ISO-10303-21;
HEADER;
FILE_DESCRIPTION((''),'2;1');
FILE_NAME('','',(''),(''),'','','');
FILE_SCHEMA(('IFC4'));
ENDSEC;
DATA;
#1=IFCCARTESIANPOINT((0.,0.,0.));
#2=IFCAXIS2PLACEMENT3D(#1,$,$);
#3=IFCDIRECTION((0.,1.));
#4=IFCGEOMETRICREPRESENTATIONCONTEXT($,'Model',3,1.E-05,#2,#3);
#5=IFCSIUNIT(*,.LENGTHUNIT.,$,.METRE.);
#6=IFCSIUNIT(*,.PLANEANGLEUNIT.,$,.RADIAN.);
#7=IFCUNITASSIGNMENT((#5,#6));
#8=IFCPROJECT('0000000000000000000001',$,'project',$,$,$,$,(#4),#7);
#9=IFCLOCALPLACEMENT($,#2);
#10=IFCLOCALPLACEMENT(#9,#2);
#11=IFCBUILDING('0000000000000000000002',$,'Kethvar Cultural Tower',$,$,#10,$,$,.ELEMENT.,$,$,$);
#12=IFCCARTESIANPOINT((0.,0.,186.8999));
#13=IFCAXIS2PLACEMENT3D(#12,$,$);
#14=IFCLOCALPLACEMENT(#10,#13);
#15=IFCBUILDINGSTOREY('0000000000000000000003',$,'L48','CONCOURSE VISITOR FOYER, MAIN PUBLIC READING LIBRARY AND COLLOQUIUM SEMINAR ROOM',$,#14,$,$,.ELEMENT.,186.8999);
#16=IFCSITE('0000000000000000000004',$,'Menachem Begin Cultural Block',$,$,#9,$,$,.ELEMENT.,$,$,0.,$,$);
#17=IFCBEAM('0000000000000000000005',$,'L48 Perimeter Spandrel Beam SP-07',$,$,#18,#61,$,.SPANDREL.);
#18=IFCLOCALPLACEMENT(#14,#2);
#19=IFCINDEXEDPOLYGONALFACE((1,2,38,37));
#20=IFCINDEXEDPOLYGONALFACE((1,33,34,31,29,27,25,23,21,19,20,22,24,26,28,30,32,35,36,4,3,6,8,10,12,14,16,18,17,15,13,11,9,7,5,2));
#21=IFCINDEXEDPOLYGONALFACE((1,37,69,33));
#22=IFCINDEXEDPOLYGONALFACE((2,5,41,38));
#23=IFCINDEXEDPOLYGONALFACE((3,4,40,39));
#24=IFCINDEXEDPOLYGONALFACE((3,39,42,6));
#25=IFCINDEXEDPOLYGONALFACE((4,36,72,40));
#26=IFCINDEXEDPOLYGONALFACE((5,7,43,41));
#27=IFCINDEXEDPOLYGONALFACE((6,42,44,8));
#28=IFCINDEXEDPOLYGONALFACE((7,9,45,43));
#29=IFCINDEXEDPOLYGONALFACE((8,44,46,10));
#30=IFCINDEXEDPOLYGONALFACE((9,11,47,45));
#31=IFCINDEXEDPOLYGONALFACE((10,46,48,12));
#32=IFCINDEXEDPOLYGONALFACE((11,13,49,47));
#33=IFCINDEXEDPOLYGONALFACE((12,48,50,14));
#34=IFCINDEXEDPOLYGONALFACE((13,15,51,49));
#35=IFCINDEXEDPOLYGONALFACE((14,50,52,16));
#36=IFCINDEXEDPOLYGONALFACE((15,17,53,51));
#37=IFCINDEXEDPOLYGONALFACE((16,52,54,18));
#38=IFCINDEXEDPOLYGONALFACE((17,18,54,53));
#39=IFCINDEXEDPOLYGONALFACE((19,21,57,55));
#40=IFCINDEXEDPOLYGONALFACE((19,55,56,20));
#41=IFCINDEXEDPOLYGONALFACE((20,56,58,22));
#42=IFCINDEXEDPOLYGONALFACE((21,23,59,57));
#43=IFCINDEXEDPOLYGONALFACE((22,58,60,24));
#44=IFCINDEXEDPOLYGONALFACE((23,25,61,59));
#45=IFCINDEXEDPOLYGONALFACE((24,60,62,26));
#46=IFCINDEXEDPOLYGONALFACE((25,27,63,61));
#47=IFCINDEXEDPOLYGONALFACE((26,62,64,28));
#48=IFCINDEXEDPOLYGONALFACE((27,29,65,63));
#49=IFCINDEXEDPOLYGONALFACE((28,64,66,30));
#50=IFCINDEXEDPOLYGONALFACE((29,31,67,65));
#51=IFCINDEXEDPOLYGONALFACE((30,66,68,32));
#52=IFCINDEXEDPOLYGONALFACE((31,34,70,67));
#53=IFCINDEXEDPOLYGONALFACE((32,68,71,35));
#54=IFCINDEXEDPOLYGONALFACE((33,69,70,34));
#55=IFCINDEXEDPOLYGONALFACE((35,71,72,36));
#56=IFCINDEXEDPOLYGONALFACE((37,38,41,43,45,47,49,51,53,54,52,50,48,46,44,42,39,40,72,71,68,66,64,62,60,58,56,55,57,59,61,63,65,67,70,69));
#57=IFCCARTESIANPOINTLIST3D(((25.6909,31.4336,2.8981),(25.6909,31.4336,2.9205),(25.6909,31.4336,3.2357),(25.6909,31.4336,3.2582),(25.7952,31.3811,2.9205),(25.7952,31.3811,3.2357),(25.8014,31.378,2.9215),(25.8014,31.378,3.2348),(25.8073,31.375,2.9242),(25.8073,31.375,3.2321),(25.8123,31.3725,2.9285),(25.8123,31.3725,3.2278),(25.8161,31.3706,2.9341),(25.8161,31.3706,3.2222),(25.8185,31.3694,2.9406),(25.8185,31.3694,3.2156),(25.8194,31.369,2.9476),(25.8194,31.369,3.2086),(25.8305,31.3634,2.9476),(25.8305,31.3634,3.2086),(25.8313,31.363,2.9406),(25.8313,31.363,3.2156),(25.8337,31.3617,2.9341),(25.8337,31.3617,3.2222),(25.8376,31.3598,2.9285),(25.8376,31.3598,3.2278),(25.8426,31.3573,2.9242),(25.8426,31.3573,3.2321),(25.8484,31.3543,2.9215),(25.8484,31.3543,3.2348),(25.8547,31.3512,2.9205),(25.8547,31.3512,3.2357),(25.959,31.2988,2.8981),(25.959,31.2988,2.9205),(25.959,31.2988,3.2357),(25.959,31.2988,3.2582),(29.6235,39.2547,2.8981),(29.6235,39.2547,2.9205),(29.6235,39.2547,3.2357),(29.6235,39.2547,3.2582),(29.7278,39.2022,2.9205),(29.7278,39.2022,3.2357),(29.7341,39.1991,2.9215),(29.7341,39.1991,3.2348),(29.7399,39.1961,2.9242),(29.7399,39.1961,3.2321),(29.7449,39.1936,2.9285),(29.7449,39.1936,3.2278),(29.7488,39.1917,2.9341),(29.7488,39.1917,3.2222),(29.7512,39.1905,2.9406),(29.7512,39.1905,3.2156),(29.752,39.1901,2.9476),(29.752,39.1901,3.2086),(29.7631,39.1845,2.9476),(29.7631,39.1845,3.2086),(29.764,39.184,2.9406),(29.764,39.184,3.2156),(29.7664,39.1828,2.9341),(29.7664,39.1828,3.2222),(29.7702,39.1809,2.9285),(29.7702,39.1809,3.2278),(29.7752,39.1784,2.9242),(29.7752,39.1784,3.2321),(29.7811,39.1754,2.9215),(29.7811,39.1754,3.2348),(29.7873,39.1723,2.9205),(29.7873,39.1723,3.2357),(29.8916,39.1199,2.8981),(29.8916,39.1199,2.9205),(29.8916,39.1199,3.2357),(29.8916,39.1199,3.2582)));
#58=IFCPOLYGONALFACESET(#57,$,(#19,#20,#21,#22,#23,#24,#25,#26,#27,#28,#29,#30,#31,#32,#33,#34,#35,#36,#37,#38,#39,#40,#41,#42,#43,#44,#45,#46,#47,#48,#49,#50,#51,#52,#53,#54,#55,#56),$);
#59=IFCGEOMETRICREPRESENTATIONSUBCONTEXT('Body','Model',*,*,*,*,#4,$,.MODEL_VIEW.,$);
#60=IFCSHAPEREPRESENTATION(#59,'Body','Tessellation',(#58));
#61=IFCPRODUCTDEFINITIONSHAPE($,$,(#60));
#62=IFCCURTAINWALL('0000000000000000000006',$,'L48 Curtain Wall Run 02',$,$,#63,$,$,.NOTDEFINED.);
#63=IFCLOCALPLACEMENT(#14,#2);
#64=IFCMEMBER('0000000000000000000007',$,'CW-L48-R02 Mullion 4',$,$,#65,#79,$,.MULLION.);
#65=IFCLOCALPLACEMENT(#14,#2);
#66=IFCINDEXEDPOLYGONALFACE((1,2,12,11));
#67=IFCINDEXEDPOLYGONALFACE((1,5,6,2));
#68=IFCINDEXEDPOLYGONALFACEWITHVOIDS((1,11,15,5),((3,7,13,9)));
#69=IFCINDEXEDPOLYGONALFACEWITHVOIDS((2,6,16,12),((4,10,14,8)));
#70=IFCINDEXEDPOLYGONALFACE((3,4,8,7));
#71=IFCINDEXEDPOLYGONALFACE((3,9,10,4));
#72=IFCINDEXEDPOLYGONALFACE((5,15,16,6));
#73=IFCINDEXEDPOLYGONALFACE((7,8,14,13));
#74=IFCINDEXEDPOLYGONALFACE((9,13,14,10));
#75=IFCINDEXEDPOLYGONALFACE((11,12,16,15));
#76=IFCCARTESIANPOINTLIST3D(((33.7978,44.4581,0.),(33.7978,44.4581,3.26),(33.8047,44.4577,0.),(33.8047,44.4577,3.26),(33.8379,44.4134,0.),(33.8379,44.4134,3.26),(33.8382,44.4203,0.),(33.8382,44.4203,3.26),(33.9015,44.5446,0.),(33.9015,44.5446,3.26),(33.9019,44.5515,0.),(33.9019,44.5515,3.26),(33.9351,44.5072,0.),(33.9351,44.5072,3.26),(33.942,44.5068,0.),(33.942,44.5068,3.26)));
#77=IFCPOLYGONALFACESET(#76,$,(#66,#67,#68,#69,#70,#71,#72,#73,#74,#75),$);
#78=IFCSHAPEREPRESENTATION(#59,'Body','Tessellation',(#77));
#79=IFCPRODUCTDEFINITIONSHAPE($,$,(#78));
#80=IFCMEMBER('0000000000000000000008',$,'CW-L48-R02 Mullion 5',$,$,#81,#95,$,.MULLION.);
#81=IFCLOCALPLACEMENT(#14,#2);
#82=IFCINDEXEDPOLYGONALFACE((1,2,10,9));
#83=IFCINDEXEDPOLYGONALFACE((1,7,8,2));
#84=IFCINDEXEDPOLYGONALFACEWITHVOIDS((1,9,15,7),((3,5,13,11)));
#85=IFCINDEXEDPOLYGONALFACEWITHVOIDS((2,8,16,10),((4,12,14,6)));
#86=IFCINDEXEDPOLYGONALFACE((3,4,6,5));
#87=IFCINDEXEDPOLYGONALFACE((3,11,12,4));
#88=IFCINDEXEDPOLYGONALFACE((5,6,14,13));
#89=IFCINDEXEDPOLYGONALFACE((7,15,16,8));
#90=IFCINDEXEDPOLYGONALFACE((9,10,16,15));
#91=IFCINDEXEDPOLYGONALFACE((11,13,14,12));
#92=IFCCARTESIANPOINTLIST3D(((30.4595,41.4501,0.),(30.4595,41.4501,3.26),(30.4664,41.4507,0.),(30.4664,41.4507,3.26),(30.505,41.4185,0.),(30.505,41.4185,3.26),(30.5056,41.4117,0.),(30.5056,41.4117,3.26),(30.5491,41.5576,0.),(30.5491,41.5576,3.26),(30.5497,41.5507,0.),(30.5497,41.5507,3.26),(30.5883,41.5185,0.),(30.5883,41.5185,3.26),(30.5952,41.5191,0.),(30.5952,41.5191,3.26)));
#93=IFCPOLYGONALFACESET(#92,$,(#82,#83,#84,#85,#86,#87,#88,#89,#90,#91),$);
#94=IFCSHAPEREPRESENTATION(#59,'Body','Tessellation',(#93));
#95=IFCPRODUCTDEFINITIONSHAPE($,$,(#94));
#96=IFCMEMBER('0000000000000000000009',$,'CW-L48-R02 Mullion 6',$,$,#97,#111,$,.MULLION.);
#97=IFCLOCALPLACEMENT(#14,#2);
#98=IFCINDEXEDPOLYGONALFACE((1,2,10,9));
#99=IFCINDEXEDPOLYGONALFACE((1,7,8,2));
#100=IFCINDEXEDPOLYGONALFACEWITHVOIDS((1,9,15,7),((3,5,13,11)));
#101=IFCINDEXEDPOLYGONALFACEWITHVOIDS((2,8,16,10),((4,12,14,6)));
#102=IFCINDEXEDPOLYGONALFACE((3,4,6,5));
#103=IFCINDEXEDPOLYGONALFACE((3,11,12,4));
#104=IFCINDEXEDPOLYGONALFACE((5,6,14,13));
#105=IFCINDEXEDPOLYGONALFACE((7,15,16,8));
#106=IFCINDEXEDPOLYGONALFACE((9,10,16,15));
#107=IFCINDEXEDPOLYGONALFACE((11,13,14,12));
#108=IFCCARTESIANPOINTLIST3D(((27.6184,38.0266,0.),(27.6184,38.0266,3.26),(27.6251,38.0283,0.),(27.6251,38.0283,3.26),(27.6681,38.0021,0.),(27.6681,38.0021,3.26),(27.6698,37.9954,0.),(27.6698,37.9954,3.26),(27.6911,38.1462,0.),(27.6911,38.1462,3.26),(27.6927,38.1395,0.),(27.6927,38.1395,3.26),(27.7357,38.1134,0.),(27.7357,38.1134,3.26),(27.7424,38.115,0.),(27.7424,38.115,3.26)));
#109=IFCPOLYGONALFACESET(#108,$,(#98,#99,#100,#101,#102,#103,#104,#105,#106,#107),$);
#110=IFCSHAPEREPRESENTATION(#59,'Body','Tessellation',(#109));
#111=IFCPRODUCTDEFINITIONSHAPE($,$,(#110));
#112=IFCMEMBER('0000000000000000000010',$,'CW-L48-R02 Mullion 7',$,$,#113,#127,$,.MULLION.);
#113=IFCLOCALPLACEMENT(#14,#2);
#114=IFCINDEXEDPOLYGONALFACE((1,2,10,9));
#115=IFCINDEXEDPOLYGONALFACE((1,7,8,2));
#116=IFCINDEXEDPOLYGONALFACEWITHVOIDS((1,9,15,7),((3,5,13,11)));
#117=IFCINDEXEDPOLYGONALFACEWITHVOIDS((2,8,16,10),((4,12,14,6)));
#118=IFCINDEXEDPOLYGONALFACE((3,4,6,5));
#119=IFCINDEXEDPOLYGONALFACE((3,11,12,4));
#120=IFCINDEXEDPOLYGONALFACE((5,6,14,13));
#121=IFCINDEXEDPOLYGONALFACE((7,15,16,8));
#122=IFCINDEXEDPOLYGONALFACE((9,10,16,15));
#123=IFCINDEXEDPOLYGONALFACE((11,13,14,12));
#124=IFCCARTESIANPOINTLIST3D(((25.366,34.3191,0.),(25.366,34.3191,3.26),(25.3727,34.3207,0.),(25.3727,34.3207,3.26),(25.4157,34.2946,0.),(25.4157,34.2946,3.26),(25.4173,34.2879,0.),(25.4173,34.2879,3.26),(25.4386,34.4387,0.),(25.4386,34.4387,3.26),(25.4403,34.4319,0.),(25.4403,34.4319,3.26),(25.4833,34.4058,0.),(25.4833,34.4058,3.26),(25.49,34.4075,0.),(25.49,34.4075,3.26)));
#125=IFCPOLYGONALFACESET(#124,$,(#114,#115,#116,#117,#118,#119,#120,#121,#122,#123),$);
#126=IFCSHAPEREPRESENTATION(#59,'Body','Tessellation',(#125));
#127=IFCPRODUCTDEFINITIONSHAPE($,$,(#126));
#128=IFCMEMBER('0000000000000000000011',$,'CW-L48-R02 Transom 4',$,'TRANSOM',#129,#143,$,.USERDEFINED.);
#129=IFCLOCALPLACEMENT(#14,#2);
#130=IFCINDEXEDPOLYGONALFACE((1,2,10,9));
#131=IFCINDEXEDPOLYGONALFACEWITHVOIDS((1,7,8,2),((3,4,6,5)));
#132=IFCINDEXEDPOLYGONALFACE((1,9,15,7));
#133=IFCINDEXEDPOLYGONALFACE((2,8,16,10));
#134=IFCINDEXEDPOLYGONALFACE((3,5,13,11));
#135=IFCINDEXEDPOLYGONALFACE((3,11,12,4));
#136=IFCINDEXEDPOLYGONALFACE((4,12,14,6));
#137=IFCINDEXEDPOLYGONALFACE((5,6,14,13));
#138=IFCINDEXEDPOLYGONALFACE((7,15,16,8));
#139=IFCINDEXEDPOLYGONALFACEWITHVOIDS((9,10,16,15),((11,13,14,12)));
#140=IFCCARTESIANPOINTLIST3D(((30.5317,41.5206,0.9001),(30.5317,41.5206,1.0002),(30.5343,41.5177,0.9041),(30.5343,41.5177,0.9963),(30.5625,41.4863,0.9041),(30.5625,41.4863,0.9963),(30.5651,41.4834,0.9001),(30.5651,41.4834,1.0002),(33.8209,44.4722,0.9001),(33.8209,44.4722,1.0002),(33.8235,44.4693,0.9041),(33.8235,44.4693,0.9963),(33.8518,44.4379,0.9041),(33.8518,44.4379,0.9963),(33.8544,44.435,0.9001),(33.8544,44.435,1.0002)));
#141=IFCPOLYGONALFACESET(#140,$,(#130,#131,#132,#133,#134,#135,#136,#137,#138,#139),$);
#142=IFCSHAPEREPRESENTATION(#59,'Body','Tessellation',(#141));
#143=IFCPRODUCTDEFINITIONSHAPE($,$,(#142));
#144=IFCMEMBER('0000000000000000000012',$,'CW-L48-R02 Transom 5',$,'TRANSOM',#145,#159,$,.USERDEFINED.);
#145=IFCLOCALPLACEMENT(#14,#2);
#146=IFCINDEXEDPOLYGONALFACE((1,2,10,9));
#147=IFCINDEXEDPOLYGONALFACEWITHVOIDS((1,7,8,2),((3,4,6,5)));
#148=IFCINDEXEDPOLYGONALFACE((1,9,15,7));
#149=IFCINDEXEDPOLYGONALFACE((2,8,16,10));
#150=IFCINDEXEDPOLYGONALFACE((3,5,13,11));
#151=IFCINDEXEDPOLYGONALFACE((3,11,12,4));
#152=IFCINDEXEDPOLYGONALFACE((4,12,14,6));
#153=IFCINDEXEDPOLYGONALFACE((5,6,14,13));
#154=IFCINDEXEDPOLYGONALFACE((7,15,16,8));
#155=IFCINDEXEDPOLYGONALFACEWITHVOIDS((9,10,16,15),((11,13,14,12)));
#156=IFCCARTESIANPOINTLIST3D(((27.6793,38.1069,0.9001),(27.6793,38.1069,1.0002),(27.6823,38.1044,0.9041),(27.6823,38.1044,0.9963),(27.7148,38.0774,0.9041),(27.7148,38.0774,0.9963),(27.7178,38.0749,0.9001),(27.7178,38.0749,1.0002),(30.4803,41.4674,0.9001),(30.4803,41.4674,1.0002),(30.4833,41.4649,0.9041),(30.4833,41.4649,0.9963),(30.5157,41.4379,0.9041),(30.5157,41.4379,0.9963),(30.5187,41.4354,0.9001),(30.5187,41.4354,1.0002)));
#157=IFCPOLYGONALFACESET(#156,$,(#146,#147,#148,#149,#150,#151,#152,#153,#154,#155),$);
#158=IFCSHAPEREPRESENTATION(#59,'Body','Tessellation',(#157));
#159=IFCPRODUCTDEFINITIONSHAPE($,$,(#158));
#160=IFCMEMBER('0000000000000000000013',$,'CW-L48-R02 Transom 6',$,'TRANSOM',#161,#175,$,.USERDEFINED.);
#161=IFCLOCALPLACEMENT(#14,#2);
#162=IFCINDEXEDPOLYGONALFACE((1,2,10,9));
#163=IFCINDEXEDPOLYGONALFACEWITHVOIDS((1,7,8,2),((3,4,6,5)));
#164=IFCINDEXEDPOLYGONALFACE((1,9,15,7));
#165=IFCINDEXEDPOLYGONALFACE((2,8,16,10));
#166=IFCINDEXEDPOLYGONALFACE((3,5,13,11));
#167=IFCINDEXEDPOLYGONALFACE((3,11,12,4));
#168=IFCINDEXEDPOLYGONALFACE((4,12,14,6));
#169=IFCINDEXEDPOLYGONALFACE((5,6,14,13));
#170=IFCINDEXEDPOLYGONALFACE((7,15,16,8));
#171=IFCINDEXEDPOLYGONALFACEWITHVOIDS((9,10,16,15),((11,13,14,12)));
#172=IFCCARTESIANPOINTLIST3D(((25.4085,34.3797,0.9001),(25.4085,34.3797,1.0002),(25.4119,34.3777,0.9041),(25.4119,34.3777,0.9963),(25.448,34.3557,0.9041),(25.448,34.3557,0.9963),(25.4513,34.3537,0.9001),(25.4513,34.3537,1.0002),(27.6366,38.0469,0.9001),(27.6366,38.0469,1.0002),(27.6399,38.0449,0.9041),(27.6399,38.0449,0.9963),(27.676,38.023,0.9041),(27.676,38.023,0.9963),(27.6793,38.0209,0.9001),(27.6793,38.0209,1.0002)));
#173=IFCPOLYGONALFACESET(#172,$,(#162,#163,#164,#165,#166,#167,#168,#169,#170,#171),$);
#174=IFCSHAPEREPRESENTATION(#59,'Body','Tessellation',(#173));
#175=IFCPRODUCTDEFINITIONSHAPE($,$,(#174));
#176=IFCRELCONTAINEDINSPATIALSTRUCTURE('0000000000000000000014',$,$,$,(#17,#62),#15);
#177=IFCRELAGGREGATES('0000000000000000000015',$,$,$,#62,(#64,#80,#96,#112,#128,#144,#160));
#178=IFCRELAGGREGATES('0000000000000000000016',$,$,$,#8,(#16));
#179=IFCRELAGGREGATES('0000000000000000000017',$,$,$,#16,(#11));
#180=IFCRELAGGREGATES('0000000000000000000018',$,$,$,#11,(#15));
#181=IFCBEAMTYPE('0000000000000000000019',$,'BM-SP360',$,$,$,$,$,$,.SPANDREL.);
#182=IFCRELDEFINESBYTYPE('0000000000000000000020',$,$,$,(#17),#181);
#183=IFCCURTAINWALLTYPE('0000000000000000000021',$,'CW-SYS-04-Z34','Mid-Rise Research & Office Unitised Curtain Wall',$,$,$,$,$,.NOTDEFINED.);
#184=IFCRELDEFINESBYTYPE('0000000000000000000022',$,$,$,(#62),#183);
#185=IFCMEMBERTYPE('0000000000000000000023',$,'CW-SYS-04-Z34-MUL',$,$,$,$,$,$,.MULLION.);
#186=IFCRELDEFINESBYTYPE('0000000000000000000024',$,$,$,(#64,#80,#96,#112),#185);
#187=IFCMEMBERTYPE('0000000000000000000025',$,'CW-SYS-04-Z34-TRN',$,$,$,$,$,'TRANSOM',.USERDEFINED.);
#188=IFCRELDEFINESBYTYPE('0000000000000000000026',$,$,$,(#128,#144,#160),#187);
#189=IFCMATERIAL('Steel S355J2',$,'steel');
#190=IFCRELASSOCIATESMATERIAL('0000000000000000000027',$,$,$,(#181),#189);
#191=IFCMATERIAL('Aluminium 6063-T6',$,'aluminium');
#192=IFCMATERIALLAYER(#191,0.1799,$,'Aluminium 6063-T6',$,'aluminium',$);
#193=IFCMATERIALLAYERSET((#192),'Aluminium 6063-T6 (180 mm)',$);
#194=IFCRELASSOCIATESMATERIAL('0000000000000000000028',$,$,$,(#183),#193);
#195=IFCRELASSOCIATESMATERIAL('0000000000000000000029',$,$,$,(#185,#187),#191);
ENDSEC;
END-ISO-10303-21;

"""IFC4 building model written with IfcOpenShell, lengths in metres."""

from ifc_helpers import new_model, si_unit, direction, frame, origin, origin_2d, place, context, subcontext, project, spatial, hollow_rectangle, i_section, extrude, source, transform, mapped, material, layer, layer_set, material_profile, profile_set, type_object, element, aggregate, save


model = new_model("IFC4")

# Units and contexts
model_context = context("Model", 3, precision=1e-05, world=origin(), true_north=direction((0.0, 1.0)))
body_context = subcontext(model_context, "Body", "Model", "MODEL_VIEW")
ifc_project = project(units=[si_unit("LENGTHUNIT", "METRE"), si_unit("PLANEANGLEUNIT", "RADIAN")], contexts=[model_context])

# Site, building, storey
site_placement = place(None, origin())
site = spatial("IfcSite", under=ifc_project, at=site_placement, Name="Menachem Begin Cultural Block", CompositionType="ELEMENT", RefElevation=0.0)
building_placement = place(site_placement, origin())
building = spatial("IfcBuilding", under=site, at=building_placement, Name="Kethvar Cultural Tower", CompositionType="ELEMENT")
storey_placement = place(building_placement, frame((0.0, 0.0, 186.8999)))
storey = spatial("IfcBuildingStorey", under=building, at=storey_placement, Name="L48", Description="CONCOURSE VISITOR FOYER, MAIN PUBLIC READING LIBRARY AND COLLOQUIUM SEMINAR ROOM", CompositionType="ELEMENT", Elevation=186.8999)

# Beam
ifc_material_1 = material(Name="Steel S355J2", Category="steel")
ifc_material_profile_1 = material_profile(ifc_material_1, i_section(OverallWidth=0.3, OverallDepth=0.3601, WebThickness=0.0125, FlangeThickness=0.0225, FilletRadius=0.0271, at=origin_2d()), Name="Steel S355J2 — HEB360")
ifc_profile_set_1 = profile_set([ifc_material_profile_1], Name="Steel S355J2 — HEB360")
beam_type_1 = type_object("IfcBeamType", Name="BM-SP360", PredefinedType="SPANDREL", material=ifc_profile_set_1)
shared_shape_1 = source(origin(), body_context, "Body", "SweptSolid", [
    extrude(i_section(OverallWidth=0.3, OverallDepth=0.3601, WebThickness=0.0125, FlangeThickness=0.0225, FilletRadius=0.0271, at=origin_2d()), origin(), (0.0, 0.0, 1.0), 8.7542),
])
beam_1_placement = place(storey_placement, frame((29.7576, 39.1873, 3.0781), z_axis=(-0.449232, -0.893415, 0.0), x_axis=(0.893415, -0.449232, 0.0)))
element("IfcBeam", 1, at=beam_1_placement, inside=storey, type_object=beam_type_1, Name="L48 Perimeter Spandrel Beam SP-07", PredefinedType="SPANDREL", context=body_context, shape_type="MappedRepresentation", body=[
    mapped(shared_shape_1, transform((0.0, 0.0, 0.0), scale=1.0)),
])

# Curtain wall, members
ifc_material_2 = material(Name="Aluminium 6063-T6", Category="aluminium")
ifc_layer_1 = layer(ifc_material_2, 0.1799, Name="Aluminium 6063-T6", Category="aluminium")
ifc_layer_set_1 = layer_set([ifc_layer_1], Name="Aluminium 6063-T6 (180 mm)")
curtain_wall_type = type_object("IfcCurtainWallType", Name="CW-SYS-04-Z34", Description="Mid-Rise Research & Office Unitised Curtain Wall", PredefinedType="NOTDEFINED", material=ifc_layer_set_1)
curtain_wall_placement = place(storey_placement, origin())
curtain_wall = element("IfcCurtainWall", 2, at=curtain_wall_placement, inside=storey, type_object=curtain_wall_type, Name="L48 Curtain Wall Run 02", PredefinedType="NOTDEFINED")
ifc_material_profile_2 = material_profile(ifc_material_2, hollow_rectangle(XDim=0.0601, YDim=0.1399, WallThickness=0.0049, at=origin_2d()), Name="Aluminium 6063-T6 — RHS140x60x5")
ifc_profile_set_2 = profile_set([ifc_material_profile_2], Name="Aluminium 6063-T6 — RHS140x60x5")
member_type_1 = type_object("IfcMemberType", Name="CW-SYS-04-Z34-MUL", PredefinedType="MULLION", material=ifc_profile_set_2)
shared_shape_2 = source(origin(), body_context, "Body", "SweptSolid", [
    extrude(hollow_rectangle(XDim=0.0601, YDim=0.1399, WallThickness=0.0049, at=origin_2d()), origin(), (0.0, 0.0, 1.0), 3.26),
])
member_1_placement = place(storey_placement, frame((33.8699, 44.4824, 0.0), z_axis=(0.0, 0.0, 1.0), x_axis=(0.667859, -0.744288, 0.0)))
member_1 = element("IfcMember", 3, at=member_1_placement, type_object=member_type_1, Name="CW-L48-R02 Mullion 4", PredefinedType="MULLION", context=body_context, shape_type="MappedRepresentation", body=[
    mapped(shared_shape_2, transform((0.0, 0.0, 0.0), scale=1.0)),
])
member_2_placement = place(storey_placement, frame((30.5273, 41.4846, 0.0), z_axis=(0.0, 0.0, 1.0), x_axis=(0.768161, -0.640257, 0.0)))
member_2 = element("IfcMember", 4, at=member_2_placement, type_object=member_type_1, Name="CW-L48-R02 Mullion 5", PredefinedType="MULLION", context=body_context, shape_type="MappedRepresentation", body=[
    mapped(shared_shape_2, transform((0.0, 0.0, 0.0), scale=1.0)),
])
member_3_placement = place(storey_placement, frame((27.6804, 38.0708, 0.0), z_axis=(0.0, 0.0, 1.0), x_axis=(0.85464, -0.519221, 0.0)))
member_3 = element("IfcMember", 5, at=member_3_placement, type_object=member_type_1, Name="CW-L48-R02 Mullion 6", PredefinedType="MULLION", context=body_context, shape_type="MappedRepresentation", body=[
    mapped(shared_shape_2, transform((0.0, 0.0, 0.0), scale=1.0)),
])
member_4_placement = place(storey_placement, frame((25.428, 34.3633, 0.0), z_axis=(0.0, 0.0, 1.0), x_axis=(0.85464, -0.519221, 0.0)))
member_4 = element("IfcMember", 6, at=member_4_placement, type_object=member_type_1, Name="CW-L48-R02 Mullion 7", PredefinedType="MULLION", context=body_context, shape_type="MappedRepresentation", body=[
    mapped(shared_shape_2, transform((0.0, 0.0, 0.0), scale=1.0)),
])
ifc_material_profile_3 = material_profile(ifc_material_2, hollow_rectangle(XDim=0.05, YDim=0.1001, WallThickness=0.0039, at=origin_2d()), Name="Aluminium 6063-T6 — RHS100x50x4")
ifc_profile_set_3 = profile_set([ifc_material_profile_3], Name="Aluminium 6063-T6 — RHS100x50x4")
member_type_2 = type_object("IfcMemberType", Name="CW-SYS-04-Z34-TRN", ElementType="TRANSOM", PredefinedType="USERDEFINED", material=ifc_profile_set_3)
shared_shape_3 = source(origin(), body_context, "Body", "SweptSolid", [
    extrude(hollow_rectangle(XDim=0.05, YDim=0.1001, WallThickness=0.0039, at=origin_2d()), origin(), (0.0, 0.0, 1.0), 4.4194),
])
member_5_placement = place(storey_placement, frame((33.8376, 44.4536, 0.9502), z_axis=(-0.744274, -0.667874, 0.0), x_axis=(0.667874, -0.744274, 0.0)))
member_5 = element("IfcMember", 7, at=member_5_placement, type_object=member_type_2, Name="CW-L48-R02 Transom 4", ObjectType="TRANSOM", PredefinedType="USERDEFINED", context=body_context, shape_type="MappedRepresentation", body=[
    mapped(shared_shape_3, transform((0.0, 0.0, 0.0), scale=1.0)),
])
shared_shape_4 = source(origin(), body_context, "Body", "SweptSolid", [
    extrude(hollow_rectangle(XDim=0.05, YDim=0.1001, WallThickness=0.0039, at=origin_2d()), origin(), (0.0, 0.0, 1.0), 4.3748),
])
member_6_placement = place(storey_placement, frame((30.4995, 41.4514, 0.9502), z_axis=(-0.640256, -0.768162, 0.0), x_axis=(0.768162, -0.640256, 0.0)))
member_6 = element("IfcMember", 8, at=member_6_placement, type_object=member_type_2, Name="CW-L48-R02 Transom 5", ObjectType="TRANSOM", PredefinedType="USERDEFINED", context=body_context, shape_type="MappedRepresentation", body=[
    mapped(shared_shape_4, transform((0.0, 0.0, 0.0), scale=1.0)),
])
shared_shape_5 = source(origin(), body_context, "Body", "SweptSolid", [
    extrude(hollow_rectangle(XDim=0.05, YDim=0.1001, WallThickness=0.0039, at=origin_2d()), origin(), (0.0, 0.0, 1.0), 4.291),
])
member_7_placement = place(storey_placement, frame((27.658, 38.0339, 0.9502), z_axis=(-0.519232, -0.854633, 0.0), x_axis=(0.854633, -0.519232, 0.0)))
member_7 = element("IfcMember", 9, at=member_7_placement, type_object=member_type_2, Name="CW-L48-R02 Transom 6", ObjectType="TRANSOM", PredefinedType="USERDEFINED", context=body_context, shape_type="MappedRepresentation", body=[
    mapped(shared_shape_5, transform((0.0, 0.0, 0.0), scale=1.0)),
])
aggregate(curtain_wall, [member_1, member_2, member_3, member_4, member_5, member_6, member_7])

save(model, "model.ifc")
